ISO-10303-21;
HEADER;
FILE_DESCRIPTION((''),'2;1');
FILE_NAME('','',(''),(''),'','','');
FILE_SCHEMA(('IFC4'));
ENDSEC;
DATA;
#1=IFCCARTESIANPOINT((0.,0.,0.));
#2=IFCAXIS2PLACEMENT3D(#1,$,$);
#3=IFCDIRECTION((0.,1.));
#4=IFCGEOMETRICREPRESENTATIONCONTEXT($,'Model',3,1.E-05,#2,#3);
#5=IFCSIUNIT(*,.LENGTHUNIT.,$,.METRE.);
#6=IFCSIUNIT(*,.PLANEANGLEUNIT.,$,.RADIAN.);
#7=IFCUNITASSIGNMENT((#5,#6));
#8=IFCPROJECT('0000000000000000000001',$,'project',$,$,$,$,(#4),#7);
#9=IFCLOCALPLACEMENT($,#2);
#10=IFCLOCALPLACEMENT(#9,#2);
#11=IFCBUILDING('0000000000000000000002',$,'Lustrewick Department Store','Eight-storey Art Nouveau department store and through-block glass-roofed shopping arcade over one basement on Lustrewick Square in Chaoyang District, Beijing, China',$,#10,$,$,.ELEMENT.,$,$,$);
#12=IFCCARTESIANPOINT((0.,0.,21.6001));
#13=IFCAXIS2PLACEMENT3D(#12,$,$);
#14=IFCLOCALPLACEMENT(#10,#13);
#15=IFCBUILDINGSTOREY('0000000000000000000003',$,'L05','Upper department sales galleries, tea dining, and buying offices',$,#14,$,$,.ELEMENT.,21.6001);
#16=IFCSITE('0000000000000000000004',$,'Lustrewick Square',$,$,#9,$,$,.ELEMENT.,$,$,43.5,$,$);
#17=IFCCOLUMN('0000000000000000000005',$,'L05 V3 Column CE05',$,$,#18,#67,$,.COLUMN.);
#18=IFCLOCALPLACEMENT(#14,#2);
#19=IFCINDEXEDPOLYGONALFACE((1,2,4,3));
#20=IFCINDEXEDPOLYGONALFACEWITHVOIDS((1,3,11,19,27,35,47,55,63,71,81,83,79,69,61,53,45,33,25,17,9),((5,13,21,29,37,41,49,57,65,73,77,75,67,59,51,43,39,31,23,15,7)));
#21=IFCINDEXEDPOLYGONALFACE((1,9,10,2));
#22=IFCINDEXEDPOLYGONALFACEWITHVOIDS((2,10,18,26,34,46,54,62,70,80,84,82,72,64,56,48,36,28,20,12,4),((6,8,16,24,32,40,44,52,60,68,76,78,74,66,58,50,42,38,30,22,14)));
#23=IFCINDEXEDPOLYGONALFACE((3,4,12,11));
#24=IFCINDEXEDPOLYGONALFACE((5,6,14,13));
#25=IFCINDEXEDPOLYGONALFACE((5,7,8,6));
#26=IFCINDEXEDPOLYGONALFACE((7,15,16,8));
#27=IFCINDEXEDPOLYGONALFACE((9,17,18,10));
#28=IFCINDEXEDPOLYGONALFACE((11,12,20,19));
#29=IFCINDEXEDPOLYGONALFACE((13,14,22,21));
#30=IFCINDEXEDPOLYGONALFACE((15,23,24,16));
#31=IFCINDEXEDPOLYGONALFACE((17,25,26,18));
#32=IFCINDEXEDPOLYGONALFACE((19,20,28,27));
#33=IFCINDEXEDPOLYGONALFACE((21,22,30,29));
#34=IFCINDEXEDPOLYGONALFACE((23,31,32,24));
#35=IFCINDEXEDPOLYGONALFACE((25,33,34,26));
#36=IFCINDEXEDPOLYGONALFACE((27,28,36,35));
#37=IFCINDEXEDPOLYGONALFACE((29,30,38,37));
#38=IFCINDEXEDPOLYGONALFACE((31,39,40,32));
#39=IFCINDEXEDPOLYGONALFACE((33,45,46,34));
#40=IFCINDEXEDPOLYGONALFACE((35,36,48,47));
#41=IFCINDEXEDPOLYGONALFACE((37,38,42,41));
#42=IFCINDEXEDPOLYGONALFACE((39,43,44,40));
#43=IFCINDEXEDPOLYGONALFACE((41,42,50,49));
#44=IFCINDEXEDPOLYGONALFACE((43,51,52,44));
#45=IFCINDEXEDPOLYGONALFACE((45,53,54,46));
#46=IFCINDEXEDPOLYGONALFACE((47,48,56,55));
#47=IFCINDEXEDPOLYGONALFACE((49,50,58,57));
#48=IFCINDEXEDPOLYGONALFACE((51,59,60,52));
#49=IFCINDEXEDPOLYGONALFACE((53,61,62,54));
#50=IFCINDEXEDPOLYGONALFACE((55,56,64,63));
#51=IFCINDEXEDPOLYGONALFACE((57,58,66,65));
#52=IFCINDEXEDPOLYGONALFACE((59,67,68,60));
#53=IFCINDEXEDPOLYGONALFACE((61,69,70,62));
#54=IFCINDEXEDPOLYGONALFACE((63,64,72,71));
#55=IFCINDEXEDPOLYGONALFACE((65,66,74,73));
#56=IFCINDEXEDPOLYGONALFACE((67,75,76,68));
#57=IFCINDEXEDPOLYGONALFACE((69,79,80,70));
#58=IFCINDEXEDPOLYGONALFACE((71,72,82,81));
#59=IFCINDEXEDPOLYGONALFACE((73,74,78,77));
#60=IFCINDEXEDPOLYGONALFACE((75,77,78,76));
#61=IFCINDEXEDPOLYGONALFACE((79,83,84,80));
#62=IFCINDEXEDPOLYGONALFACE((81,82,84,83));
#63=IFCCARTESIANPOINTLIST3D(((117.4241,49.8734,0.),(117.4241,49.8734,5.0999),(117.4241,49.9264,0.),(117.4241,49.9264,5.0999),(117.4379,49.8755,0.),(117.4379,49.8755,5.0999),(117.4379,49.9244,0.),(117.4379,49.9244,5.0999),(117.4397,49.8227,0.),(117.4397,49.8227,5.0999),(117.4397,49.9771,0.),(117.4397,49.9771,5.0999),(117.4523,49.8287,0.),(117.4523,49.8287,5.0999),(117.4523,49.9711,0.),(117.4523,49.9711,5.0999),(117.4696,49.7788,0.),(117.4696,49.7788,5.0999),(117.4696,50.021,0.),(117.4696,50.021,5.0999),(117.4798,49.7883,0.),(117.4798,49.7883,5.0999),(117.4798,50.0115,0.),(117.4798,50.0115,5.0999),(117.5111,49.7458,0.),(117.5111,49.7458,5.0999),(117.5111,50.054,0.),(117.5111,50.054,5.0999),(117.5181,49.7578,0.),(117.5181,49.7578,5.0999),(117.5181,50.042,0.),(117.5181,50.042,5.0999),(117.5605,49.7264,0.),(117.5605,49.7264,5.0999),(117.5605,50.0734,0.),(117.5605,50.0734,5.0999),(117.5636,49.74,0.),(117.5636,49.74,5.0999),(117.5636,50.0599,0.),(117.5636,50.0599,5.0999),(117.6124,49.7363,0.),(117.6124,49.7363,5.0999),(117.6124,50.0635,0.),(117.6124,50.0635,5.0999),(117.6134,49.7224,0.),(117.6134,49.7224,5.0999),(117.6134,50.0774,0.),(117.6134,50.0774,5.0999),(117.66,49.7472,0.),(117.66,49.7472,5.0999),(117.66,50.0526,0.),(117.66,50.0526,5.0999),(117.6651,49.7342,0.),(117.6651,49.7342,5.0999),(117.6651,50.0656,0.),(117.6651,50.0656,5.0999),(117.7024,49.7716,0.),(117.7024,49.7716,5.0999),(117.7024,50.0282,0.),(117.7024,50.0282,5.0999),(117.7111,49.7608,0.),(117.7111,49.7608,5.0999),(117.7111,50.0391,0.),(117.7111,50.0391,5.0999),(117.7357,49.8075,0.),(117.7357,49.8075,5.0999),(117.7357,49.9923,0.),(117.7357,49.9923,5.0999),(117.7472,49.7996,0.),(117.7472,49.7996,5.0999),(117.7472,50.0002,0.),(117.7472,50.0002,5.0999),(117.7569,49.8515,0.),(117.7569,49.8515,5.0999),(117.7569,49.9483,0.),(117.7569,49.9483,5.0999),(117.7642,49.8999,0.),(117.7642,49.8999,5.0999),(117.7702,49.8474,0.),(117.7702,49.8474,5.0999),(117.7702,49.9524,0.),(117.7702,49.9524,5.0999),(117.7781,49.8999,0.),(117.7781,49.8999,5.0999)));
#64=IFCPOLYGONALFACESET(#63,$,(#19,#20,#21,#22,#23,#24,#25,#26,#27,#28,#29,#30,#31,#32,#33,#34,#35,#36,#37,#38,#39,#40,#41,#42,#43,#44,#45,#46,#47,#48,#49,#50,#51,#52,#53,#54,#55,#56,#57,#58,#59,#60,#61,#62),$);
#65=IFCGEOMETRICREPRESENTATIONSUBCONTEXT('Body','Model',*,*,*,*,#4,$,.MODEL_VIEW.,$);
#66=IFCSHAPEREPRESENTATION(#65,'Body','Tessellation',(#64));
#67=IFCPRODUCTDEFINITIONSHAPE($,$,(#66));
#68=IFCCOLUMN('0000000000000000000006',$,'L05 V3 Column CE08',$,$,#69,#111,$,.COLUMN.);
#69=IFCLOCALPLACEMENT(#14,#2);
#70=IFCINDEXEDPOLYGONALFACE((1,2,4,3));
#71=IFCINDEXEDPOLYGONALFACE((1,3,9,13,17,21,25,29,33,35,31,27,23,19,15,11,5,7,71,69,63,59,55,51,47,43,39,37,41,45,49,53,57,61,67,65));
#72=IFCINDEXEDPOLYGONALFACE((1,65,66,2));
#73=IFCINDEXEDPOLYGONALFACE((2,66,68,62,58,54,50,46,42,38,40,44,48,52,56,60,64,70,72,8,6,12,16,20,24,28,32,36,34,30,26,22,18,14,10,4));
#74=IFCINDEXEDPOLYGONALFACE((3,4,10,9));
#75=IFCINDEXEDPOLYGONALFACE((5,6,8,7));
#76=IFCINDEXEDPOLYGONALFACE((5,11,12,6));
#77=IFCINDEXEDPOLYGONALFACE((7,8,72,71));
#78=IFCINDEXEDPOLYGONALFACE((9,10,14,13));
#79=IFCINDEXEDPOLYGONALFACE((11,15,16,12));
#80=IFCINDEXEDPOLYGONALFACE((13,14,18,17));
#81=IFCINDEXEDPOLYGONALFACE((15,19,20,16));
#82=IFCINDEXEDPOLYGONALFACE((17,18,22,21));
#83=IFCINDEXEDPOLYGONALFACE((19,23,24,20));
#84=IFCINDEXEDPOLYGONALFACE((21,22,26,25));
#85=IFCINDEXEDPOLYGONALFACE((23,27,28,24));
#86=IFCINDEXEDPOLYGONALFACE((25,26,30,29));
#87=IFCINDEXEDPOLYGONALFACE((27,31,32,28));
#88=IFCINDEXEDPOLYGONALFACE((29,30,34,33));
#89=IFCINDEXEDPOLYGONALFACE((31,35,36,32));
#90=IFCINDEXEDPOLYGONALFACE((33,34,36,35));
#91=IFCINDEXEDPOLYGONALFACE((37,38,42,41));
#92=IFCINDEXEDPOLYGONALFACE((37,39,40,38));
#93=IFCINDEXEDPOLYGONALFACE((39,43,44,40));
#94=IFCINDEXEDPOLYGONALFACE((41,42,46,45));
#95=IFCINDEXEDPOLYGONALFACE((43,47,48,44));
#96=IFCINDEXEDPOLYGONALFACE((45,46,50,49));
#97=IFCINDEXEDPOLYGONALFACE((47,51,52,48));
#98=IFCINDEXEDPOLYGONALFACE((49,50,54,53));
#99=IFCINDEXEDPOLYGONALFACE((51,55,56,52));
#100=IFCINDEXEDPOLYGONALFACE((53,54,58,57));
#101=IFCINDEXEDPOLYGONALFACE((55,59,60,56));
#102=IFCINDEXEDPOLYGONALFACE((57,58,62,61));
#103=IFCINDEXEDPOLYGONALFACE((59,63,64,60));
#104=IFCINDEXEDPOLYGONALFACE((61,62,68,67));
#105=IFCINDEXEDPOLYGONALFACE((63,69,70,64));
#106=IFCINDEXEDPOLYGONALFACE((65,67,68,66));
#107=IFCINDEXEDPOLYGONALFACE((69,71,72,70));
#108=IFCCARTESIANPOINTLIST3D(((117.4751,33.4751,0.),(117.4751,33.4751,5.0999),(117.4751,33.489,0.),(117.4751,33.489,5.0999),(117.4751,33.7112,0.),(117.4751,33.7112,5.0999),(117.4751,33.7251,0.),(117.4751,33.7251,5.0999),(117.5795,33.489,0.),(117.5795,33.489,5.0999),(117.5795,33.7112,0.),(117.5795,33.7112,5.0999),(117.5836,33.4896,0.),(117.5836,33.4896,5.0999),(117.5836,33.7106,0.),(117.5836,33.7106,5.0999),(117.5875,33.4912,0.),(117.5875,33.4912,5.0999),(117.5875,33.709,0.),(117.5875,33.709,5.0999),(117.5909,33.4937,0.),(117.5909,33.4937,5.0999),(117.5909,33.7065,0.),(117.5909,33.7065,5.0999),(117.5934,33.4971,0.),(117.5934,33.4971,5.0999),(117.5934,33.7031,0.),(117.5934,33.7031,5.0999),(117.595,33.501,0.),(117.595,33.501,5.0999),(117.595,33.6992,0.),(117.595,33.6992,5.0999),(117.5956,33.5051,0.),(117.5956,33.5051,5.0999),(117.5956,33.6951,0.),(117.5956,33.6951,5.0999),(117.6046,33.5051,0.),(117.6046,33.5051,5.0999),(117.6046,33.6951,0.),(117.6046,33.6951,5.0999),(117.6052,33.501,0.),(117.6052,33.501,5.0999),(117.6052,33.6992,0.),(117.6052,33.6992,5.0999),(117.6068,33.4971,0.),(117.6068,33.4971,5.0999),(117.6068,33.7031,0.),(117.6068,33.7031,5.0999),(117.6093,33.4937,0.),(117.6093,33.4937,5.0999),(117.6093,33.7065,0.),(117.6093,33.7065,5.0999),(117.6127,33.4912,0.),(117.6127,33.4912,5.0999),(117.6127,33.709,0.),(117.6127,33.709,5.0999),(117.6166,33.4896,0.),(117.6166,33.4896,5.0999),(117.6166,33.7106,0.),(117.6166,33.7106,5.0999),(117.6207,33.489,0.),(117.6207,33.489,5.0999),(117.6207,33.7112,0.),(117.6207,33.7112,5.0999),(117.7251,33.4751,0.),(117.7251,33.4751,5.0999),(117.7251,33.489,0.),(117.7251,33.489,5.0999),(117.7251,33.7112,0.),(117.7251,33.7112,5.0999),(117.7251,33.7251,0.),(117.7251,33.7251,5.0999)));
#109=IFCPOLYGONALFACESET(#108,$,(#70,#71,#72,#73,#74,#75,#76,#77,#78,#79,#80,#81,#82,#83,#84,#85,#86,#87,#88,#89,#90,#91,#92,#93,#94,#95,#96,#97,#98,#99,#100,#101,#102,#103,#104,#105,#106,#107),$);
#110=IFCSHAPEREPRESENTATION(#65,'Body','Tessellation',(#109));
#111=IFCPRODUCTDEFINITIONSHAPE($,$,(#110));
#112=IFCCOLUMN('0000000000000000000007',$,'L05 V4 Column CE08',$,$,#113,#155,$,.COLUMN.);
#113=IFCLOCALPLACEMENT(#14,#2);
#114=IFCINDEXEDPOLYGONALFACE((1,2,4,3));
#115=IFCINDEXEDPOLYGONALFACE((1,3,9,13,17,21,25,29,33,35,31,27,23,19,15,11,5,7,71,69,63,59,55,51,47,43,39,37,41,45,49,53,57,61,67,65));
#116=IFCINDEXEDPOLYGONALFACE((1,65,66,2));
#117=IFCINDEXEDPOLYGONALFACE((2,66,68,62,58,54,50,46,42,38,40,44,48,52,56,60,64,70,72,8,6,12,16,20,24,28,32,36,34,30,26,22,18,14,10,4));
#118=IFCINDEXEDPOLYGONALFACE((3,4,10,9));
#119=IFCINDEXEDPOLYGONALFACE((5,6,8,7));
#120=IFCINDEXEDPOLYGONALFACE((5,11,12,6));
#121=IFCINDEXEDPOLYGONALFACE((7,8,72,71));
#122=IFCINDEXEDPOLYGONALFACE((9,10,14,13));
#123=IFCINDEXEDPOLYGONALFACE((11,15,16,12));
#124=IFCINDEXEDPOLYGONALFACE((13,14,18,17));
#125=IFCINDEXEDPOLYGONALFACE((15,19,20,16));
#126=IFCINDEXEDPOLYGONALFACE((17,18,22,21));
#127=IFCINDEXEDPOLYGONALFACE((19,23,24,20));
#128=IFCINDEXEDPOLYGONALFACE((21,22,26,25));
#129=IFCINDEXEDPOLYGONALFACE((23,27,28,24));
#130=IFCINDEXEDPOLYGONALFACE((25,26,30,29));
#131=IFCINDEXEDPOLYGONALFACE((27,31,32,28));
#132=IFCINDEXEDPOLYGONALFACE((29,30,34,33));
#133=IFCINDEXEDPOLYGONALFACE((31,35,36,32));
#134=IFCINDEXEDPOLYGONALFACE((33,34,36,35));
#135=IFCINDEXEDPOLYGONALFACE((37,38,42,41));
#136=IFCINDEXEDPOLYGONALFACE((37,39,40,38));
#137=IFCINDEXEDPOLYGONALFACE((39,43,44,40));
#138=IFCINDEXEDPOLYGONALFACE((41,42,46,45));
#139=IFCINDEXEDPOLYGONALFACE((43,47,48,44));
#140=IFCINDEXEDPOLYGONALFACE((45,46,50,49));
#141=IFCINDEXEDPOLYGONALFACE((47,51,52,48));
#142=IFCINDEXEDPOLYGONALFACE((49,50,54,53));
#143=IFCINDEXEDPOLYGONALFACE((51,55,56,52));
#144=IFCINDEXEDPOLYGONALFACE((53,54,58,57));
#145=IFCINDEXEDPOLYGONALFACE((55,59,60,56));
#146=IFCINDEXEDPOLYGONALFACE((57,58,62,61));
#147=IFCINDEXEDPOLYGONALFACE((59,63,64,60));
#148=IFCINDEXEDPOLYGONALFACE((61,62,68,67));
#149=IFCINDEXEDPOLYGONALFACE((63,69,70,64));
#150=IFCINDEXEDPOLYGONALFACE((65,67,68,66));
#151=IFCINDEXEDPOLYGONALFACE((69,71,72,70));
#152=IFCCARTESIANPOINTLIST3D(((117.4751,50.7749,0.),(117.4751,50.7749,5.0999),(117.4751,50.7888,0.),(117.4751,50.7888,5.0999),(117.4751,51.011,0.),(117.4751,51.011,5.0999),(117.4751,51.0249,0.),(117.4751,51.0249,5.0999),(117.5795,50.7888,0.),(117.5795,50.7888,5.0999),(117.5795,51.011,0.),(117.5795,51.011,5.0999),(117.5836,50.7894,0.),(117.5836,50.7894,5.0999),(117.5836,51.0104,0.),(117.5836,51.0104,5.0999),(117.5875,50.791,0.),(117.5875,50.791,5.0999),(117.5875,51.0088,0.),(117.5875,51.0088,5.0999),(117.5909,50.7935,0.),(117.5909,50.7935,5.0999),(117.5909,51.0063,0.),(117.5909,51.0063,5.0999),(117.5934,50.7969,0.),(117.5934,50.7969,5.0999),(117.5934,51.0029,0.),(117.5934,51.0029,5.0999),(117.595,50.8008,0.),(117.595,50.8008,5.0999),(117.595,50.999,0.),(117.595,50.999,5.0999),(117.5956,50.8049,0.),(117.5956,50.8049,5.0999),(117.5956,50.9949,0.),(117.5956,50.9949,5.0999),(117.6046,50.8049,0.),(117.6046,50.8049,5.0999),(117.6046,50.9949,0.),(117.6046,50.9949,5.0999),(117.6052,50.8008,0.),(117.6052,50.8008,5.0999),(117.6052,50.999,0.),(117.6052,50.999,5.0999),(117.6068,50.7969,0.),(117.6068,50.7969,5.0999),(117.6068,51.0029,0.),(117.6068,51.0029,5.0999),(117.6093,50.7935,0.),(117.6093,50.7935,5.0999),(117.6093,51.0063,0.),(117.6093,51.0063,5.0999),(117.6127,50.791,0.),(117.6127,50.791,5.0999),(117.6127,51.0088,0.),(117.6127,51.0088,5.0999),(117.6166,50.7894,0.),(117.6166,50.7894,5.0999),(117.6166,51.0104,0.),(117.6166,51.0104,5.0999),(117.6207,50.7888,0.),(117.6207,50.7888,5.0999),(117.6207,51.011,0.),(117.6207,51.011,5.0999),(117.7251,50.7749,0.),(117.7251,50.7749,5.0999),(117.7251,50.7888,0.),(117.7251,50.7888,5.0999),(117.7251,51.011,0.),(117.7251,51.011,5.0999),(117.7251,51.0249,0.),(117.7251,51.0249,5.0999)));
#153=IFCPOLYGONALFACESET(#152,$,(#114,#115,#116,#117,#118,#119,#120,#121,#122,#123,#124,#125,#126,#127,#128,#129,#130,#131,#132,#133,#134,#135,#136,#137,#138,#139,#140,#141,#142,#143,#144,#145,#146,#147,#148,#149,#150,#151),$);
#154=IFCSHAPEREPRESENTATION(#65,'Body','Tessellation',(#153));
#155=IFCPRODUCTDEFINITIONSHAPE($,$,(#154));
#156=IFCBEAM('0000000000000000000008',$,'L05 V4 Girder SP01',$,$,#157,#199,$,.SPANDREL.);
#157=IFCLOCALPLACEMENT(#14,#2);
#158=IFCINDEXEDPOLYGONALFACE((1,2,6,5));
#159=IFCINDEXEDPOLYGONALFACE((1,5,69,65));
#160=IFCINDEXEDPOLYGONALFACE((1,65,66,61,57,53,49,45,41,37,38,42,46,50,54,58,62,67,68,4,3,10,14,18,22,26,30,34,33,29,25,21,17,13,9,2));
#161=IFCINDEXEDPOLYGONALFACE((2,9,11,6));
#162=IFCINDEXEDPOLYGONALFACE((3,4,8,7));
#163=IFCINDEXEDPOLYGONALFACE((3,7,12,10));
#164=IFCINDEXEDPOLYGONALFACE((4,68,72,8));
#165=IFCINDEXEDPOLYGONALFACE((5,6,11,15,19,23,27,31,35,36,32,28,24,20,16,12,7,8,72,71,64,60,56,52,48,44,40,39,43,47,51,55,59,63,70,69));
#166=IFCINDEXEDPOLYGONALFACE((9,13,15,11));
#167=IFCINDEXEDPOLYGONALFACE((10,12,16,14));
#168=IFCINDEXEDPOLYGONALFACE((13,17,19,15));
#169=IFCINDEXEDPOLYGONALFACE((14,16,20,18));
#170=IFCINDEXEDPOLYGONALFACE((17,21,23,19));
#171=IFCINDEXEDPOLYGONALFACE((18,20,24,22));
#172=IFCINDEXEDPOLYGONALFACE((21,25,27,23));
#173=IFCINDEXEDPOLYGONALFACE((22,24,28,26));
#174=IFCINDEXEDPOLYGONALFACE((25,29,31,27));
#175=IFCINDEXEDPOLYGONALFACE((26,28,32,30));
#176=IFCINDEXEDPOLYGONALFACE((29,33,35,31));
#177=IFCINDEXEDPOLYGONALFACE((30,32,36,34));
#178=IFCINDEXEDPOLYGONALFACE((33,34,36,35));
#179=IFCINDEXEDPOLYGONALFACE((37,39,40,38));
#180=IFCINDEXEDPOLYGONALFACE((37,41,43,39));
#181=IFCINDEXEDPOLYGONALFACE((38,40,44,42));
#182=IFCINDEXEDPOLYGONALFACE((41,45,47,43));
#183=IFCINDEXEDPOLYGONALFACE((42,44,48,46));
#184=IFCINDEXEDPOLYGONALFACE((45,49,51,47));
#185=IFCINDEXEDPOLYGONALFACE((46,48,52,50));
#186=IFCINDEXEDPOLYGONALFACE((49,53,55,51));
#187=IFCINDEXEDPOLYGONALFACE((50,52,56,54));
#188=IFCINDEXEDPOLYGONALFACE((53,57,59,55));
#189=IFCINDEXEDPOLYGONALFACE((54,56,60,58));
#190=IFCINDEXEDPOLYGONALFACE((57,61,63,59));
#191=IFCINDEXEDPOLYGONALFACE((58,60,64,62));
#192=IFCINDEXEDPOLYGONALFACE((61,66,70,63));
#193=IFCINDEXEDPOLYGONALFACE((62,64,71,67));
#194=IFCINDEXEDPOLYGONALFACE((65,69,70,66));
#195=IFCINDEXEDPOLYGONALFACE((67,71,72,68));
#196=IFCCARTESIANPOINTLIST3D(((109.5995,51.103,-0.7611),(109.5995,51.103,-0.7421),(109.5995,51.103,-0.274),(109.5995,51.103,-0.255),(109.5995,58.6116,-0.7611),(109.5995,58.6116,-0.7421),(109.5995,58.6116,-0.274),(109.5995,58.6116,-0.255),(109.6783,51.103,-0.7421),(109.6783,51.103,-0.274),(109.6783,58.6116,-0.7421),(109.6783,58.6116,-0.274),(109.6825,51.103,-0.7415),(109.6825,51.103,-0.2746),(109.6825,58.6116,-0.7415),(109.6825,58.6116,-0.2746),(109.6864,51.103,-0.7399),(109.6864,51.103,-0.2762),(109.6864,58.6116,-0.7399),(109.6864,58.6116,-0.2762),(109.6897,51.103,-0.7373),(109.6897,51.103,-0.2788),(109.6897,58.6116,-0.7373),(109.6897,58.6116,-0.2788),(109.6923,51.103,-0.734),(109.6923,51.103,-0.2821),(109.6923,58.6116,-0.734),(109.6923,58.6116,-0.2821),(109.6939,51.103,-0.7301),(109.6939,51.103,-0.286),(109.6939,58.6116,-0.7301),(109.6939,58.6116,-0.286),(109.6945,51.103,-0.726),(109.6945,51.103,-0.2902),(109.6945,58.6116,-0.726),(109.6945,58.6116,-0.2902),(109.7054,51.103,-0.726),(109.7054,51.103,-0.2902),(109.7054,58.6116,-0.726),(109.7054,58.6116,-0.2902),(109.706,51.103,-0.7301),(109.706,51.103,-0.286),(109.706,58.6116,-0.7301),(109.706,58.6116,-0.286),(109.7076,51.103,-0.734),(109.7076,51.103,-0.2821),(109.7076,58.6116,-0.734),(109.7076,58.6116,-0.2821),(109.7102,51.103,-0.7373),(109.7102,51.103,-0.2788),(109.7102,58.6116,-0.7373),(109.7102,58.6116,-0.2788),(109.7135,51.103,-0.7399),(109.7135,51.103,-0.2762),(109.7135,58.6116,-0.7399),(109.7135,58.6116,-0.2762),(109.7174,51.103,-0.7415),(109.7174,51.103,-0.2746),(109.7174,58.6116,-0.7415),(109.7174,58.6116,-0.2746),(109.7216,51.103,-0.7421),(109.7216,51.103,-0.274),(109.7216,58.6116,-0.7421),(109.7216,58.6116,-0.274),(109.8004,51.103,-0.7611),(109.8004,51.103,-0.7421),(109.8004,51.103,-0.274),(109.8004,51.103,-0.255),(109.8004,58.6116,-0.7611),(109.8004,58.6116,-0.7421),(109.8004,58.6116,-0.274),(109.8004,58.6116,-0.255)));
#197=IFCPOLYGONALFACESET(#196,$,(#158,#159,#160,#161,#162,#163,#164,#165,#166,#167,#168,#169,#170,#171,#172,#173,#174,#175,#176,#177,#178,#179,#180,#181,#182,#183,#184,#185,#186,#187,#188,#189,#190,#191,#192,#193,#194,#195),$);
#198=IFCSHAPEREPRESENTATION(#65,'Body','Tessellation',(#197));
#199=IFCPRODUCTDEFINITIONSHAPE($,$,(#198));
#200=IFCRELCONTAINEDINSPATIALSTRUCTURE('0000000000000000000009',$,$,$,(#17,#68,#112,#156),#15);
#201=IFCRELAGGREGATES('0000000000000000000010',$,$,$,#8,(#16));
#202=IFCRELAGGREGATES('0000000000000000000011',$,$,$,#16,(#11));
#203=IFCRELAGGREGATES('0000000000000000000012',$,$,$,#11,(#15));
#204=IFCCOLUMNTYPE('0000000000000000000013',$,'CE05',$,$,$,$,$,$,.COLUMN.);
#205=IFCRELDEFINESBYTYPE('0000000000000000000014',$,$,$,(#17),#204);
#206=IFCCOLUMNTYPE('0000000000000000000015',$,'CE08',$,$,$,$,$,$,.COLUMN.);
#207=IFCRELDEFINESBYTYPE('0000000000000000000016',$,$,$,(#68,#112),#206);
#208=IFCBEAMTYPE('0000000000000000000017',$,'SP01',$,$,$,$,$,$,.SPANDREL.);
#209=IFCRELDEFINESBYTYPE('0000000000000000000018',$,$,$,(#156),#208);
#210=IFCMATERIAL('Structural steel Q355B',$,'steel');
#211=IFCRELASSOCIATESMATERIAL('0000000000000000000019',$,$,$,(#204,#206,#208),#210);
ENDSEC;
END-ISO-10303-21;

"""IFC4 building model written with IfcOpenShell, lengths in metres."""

from ifc_helpers import new_model, si_unit, direction, frame, origin, origin_2d, place, context, subcontext, project, spatial, hollow_circle, i_section, extrude, material, material_profile, profile_set, type_object, element, save


model = new_model("IFC4")

# Units and contexts
model_context = context("Model", 3, precision=1e-05, world=origin(), true_north=direction((0.0, 1.0)))
body_context = subcontext(model_context, "Body", "Model", "MODEL_VIEW")
ifc_project = project(units=[si_unit("LENGTHUNIT", "METRE"), si_unit("PLANEANGLEUNIT", "RADIAN")], contexts=[model_context])

# Site, building, storey
site_placement = place(None, origin())
site = spatial("IfcSite", under=ifc_project, at=site_placement, Name="Lustrewick Square", CompositionType="ELEMENT", RefElevation=43.5)
building_placement = place(site_placement, origin())
building = spatial("IfcBuilding", under=site, at=building_placement, Name="Lustrewick Department Store", Description="Eight-storey Art Nouveau department store and through-block glass-roofed shopping arcade over one basement on Lustrewick Square in Chaoyang District, Beijing, China", CompositionType="ELEMENT")
storey_placement = place(building_placement, frame((0.0, 0.0, 21.6001)))
storey = spatial("IfcBuildingStorey", under=building, at=storey_placement, Name="L05", Description="Upper department sales galleries, tea dining, and buying offices", CompositionType="ELEMENT", Elevation=21.6001)

# Columns
ifc_material_1 = material(Name="Structural steel Q355B", Category="steel")
ifc_material_profile_1 = material_profile(ifc_material_1, hollow_circle(Radius=0.178, WallThickness=0.0139, at=origin_2d()), Name="CHS 356x14")
ifc_profile_set_1 = profile_set([ifc_material_profile_1], Name="Structural steel Q355B")
column_type_1 = type_object("IfcColumnType", Name="CE05", PredefinedType="COLUMN", material=ifc_profile_set_1)
for number, where, z_axis, x_axis, name in (
    (1, (117.6001, 49.8999, 0.0), (0.0, 0.0, 1.0), (1.0, 0.0, 0.0), "L05 V3 Column CE05"),
):
    element("IfcColumn", number, at=place(storey_placement, frame(where, z_axis=z_axis, x_axis=x_axis)), inside=storey, type_object=column_type_1, Name=name, PredefinedType="COLUMN", context=body_context, shape_type="SweptSolid", body=[
        extrude(hollow_circle(Radius=0.178, WallThickness=0.0139, at=origin_2d()), origin(), (0.0, 0.0, 1.0), 5.0999),
    ])
ifc_material_profile_2 = material_profile(ifc_material_1, i_section(OverallWidth=0.25, OverallDepth=0.25, WebThickness=0.009, FlangeThickness=0.0139, FilletRadius=0.0161, at=origin_2d()), Name="HW 250x250x9x14")
ifc_profile_set_2 = profile_set([ifc_material_profile_2], Name="Structural steel Q355B")
column_type_2 = type_object("IfcColumnType", Name="CE08", PredefinedType="COLUMN", material=ifc_profile_set_2)
for number, where, z_axis, x_axis, name in (
    (2, (117.6001, 33.6001, 0.0), (0.0, 0.0, 1.0), (1.0, 0.0, 0.0), "L05 V3 Column CE08"),
    (3, (117.6001, 50.8999, 0.0), (0.0, 0.0, 1.0), (1.0, 0.0, 0.0), "L05 V4 Column CE08"),
):
    element("IfcColumn", number, at=place(storey_placement, frame(where, z_axis=z_axis, x_axis=x_axis)), inside=storey, type_object=column_type_2, Name=name, PredefinedType="COLUMN", context=body_context, shape_type="SweptSolid", body=[
        extrude(i_section(OverallWidth=0.25, OverallDepth=0.25, WebThickness=0.009, FlangeThickness=0.0139, FilletRadius=0.0161, at=origin_2d()), origin(), (0.0, 0.0, 1.0), 5.0999),
    ])

# Beam
ifc_material_profile_3 = material_profile(ifc_material_1, i_section(OverallWidth=0.2009, OverallDepth=0.5061, WebThickness=0.011, FlangeThickness=0.019, FilletRadius=0.0161, at=origin_2d()), Name="HN 506x201x11x19")
ifc_profile_set_3 = profile_set([ifc_material_profile_3], Name="Structural steel Q355B")
beam_type_1 = type_object("IfcBeamType", Name="SP01", PredefinedType="SPANDREL", material=ifc_profile_set_3)
beam_1_placement = place(storey_placement, frame((109.7, 51.103, -0.5081), z_axis=(0.0, 1.0, 0.0), x_axis=(-1.0, 0.0, 0.0)))
element("IfcBeam", 4, at=beam_1_placement, inside=storey, type_object=beam_type_1, Name="L05 V4 Girder SP01", PredefinedType="SPANDREL", context=body_context, shape_type="SweptSolid", body=[
    extrude(i_section(OverallWidth=0.2009, OverallDepth=0.5061, WebThickness=0.011, FlangeThickness=0.019, FilletRadius=0.0161, at=origin_2d()), origin(), (0.0, 0.0, 1.0), 7.5085),
])

save(model, "model.ifc")
